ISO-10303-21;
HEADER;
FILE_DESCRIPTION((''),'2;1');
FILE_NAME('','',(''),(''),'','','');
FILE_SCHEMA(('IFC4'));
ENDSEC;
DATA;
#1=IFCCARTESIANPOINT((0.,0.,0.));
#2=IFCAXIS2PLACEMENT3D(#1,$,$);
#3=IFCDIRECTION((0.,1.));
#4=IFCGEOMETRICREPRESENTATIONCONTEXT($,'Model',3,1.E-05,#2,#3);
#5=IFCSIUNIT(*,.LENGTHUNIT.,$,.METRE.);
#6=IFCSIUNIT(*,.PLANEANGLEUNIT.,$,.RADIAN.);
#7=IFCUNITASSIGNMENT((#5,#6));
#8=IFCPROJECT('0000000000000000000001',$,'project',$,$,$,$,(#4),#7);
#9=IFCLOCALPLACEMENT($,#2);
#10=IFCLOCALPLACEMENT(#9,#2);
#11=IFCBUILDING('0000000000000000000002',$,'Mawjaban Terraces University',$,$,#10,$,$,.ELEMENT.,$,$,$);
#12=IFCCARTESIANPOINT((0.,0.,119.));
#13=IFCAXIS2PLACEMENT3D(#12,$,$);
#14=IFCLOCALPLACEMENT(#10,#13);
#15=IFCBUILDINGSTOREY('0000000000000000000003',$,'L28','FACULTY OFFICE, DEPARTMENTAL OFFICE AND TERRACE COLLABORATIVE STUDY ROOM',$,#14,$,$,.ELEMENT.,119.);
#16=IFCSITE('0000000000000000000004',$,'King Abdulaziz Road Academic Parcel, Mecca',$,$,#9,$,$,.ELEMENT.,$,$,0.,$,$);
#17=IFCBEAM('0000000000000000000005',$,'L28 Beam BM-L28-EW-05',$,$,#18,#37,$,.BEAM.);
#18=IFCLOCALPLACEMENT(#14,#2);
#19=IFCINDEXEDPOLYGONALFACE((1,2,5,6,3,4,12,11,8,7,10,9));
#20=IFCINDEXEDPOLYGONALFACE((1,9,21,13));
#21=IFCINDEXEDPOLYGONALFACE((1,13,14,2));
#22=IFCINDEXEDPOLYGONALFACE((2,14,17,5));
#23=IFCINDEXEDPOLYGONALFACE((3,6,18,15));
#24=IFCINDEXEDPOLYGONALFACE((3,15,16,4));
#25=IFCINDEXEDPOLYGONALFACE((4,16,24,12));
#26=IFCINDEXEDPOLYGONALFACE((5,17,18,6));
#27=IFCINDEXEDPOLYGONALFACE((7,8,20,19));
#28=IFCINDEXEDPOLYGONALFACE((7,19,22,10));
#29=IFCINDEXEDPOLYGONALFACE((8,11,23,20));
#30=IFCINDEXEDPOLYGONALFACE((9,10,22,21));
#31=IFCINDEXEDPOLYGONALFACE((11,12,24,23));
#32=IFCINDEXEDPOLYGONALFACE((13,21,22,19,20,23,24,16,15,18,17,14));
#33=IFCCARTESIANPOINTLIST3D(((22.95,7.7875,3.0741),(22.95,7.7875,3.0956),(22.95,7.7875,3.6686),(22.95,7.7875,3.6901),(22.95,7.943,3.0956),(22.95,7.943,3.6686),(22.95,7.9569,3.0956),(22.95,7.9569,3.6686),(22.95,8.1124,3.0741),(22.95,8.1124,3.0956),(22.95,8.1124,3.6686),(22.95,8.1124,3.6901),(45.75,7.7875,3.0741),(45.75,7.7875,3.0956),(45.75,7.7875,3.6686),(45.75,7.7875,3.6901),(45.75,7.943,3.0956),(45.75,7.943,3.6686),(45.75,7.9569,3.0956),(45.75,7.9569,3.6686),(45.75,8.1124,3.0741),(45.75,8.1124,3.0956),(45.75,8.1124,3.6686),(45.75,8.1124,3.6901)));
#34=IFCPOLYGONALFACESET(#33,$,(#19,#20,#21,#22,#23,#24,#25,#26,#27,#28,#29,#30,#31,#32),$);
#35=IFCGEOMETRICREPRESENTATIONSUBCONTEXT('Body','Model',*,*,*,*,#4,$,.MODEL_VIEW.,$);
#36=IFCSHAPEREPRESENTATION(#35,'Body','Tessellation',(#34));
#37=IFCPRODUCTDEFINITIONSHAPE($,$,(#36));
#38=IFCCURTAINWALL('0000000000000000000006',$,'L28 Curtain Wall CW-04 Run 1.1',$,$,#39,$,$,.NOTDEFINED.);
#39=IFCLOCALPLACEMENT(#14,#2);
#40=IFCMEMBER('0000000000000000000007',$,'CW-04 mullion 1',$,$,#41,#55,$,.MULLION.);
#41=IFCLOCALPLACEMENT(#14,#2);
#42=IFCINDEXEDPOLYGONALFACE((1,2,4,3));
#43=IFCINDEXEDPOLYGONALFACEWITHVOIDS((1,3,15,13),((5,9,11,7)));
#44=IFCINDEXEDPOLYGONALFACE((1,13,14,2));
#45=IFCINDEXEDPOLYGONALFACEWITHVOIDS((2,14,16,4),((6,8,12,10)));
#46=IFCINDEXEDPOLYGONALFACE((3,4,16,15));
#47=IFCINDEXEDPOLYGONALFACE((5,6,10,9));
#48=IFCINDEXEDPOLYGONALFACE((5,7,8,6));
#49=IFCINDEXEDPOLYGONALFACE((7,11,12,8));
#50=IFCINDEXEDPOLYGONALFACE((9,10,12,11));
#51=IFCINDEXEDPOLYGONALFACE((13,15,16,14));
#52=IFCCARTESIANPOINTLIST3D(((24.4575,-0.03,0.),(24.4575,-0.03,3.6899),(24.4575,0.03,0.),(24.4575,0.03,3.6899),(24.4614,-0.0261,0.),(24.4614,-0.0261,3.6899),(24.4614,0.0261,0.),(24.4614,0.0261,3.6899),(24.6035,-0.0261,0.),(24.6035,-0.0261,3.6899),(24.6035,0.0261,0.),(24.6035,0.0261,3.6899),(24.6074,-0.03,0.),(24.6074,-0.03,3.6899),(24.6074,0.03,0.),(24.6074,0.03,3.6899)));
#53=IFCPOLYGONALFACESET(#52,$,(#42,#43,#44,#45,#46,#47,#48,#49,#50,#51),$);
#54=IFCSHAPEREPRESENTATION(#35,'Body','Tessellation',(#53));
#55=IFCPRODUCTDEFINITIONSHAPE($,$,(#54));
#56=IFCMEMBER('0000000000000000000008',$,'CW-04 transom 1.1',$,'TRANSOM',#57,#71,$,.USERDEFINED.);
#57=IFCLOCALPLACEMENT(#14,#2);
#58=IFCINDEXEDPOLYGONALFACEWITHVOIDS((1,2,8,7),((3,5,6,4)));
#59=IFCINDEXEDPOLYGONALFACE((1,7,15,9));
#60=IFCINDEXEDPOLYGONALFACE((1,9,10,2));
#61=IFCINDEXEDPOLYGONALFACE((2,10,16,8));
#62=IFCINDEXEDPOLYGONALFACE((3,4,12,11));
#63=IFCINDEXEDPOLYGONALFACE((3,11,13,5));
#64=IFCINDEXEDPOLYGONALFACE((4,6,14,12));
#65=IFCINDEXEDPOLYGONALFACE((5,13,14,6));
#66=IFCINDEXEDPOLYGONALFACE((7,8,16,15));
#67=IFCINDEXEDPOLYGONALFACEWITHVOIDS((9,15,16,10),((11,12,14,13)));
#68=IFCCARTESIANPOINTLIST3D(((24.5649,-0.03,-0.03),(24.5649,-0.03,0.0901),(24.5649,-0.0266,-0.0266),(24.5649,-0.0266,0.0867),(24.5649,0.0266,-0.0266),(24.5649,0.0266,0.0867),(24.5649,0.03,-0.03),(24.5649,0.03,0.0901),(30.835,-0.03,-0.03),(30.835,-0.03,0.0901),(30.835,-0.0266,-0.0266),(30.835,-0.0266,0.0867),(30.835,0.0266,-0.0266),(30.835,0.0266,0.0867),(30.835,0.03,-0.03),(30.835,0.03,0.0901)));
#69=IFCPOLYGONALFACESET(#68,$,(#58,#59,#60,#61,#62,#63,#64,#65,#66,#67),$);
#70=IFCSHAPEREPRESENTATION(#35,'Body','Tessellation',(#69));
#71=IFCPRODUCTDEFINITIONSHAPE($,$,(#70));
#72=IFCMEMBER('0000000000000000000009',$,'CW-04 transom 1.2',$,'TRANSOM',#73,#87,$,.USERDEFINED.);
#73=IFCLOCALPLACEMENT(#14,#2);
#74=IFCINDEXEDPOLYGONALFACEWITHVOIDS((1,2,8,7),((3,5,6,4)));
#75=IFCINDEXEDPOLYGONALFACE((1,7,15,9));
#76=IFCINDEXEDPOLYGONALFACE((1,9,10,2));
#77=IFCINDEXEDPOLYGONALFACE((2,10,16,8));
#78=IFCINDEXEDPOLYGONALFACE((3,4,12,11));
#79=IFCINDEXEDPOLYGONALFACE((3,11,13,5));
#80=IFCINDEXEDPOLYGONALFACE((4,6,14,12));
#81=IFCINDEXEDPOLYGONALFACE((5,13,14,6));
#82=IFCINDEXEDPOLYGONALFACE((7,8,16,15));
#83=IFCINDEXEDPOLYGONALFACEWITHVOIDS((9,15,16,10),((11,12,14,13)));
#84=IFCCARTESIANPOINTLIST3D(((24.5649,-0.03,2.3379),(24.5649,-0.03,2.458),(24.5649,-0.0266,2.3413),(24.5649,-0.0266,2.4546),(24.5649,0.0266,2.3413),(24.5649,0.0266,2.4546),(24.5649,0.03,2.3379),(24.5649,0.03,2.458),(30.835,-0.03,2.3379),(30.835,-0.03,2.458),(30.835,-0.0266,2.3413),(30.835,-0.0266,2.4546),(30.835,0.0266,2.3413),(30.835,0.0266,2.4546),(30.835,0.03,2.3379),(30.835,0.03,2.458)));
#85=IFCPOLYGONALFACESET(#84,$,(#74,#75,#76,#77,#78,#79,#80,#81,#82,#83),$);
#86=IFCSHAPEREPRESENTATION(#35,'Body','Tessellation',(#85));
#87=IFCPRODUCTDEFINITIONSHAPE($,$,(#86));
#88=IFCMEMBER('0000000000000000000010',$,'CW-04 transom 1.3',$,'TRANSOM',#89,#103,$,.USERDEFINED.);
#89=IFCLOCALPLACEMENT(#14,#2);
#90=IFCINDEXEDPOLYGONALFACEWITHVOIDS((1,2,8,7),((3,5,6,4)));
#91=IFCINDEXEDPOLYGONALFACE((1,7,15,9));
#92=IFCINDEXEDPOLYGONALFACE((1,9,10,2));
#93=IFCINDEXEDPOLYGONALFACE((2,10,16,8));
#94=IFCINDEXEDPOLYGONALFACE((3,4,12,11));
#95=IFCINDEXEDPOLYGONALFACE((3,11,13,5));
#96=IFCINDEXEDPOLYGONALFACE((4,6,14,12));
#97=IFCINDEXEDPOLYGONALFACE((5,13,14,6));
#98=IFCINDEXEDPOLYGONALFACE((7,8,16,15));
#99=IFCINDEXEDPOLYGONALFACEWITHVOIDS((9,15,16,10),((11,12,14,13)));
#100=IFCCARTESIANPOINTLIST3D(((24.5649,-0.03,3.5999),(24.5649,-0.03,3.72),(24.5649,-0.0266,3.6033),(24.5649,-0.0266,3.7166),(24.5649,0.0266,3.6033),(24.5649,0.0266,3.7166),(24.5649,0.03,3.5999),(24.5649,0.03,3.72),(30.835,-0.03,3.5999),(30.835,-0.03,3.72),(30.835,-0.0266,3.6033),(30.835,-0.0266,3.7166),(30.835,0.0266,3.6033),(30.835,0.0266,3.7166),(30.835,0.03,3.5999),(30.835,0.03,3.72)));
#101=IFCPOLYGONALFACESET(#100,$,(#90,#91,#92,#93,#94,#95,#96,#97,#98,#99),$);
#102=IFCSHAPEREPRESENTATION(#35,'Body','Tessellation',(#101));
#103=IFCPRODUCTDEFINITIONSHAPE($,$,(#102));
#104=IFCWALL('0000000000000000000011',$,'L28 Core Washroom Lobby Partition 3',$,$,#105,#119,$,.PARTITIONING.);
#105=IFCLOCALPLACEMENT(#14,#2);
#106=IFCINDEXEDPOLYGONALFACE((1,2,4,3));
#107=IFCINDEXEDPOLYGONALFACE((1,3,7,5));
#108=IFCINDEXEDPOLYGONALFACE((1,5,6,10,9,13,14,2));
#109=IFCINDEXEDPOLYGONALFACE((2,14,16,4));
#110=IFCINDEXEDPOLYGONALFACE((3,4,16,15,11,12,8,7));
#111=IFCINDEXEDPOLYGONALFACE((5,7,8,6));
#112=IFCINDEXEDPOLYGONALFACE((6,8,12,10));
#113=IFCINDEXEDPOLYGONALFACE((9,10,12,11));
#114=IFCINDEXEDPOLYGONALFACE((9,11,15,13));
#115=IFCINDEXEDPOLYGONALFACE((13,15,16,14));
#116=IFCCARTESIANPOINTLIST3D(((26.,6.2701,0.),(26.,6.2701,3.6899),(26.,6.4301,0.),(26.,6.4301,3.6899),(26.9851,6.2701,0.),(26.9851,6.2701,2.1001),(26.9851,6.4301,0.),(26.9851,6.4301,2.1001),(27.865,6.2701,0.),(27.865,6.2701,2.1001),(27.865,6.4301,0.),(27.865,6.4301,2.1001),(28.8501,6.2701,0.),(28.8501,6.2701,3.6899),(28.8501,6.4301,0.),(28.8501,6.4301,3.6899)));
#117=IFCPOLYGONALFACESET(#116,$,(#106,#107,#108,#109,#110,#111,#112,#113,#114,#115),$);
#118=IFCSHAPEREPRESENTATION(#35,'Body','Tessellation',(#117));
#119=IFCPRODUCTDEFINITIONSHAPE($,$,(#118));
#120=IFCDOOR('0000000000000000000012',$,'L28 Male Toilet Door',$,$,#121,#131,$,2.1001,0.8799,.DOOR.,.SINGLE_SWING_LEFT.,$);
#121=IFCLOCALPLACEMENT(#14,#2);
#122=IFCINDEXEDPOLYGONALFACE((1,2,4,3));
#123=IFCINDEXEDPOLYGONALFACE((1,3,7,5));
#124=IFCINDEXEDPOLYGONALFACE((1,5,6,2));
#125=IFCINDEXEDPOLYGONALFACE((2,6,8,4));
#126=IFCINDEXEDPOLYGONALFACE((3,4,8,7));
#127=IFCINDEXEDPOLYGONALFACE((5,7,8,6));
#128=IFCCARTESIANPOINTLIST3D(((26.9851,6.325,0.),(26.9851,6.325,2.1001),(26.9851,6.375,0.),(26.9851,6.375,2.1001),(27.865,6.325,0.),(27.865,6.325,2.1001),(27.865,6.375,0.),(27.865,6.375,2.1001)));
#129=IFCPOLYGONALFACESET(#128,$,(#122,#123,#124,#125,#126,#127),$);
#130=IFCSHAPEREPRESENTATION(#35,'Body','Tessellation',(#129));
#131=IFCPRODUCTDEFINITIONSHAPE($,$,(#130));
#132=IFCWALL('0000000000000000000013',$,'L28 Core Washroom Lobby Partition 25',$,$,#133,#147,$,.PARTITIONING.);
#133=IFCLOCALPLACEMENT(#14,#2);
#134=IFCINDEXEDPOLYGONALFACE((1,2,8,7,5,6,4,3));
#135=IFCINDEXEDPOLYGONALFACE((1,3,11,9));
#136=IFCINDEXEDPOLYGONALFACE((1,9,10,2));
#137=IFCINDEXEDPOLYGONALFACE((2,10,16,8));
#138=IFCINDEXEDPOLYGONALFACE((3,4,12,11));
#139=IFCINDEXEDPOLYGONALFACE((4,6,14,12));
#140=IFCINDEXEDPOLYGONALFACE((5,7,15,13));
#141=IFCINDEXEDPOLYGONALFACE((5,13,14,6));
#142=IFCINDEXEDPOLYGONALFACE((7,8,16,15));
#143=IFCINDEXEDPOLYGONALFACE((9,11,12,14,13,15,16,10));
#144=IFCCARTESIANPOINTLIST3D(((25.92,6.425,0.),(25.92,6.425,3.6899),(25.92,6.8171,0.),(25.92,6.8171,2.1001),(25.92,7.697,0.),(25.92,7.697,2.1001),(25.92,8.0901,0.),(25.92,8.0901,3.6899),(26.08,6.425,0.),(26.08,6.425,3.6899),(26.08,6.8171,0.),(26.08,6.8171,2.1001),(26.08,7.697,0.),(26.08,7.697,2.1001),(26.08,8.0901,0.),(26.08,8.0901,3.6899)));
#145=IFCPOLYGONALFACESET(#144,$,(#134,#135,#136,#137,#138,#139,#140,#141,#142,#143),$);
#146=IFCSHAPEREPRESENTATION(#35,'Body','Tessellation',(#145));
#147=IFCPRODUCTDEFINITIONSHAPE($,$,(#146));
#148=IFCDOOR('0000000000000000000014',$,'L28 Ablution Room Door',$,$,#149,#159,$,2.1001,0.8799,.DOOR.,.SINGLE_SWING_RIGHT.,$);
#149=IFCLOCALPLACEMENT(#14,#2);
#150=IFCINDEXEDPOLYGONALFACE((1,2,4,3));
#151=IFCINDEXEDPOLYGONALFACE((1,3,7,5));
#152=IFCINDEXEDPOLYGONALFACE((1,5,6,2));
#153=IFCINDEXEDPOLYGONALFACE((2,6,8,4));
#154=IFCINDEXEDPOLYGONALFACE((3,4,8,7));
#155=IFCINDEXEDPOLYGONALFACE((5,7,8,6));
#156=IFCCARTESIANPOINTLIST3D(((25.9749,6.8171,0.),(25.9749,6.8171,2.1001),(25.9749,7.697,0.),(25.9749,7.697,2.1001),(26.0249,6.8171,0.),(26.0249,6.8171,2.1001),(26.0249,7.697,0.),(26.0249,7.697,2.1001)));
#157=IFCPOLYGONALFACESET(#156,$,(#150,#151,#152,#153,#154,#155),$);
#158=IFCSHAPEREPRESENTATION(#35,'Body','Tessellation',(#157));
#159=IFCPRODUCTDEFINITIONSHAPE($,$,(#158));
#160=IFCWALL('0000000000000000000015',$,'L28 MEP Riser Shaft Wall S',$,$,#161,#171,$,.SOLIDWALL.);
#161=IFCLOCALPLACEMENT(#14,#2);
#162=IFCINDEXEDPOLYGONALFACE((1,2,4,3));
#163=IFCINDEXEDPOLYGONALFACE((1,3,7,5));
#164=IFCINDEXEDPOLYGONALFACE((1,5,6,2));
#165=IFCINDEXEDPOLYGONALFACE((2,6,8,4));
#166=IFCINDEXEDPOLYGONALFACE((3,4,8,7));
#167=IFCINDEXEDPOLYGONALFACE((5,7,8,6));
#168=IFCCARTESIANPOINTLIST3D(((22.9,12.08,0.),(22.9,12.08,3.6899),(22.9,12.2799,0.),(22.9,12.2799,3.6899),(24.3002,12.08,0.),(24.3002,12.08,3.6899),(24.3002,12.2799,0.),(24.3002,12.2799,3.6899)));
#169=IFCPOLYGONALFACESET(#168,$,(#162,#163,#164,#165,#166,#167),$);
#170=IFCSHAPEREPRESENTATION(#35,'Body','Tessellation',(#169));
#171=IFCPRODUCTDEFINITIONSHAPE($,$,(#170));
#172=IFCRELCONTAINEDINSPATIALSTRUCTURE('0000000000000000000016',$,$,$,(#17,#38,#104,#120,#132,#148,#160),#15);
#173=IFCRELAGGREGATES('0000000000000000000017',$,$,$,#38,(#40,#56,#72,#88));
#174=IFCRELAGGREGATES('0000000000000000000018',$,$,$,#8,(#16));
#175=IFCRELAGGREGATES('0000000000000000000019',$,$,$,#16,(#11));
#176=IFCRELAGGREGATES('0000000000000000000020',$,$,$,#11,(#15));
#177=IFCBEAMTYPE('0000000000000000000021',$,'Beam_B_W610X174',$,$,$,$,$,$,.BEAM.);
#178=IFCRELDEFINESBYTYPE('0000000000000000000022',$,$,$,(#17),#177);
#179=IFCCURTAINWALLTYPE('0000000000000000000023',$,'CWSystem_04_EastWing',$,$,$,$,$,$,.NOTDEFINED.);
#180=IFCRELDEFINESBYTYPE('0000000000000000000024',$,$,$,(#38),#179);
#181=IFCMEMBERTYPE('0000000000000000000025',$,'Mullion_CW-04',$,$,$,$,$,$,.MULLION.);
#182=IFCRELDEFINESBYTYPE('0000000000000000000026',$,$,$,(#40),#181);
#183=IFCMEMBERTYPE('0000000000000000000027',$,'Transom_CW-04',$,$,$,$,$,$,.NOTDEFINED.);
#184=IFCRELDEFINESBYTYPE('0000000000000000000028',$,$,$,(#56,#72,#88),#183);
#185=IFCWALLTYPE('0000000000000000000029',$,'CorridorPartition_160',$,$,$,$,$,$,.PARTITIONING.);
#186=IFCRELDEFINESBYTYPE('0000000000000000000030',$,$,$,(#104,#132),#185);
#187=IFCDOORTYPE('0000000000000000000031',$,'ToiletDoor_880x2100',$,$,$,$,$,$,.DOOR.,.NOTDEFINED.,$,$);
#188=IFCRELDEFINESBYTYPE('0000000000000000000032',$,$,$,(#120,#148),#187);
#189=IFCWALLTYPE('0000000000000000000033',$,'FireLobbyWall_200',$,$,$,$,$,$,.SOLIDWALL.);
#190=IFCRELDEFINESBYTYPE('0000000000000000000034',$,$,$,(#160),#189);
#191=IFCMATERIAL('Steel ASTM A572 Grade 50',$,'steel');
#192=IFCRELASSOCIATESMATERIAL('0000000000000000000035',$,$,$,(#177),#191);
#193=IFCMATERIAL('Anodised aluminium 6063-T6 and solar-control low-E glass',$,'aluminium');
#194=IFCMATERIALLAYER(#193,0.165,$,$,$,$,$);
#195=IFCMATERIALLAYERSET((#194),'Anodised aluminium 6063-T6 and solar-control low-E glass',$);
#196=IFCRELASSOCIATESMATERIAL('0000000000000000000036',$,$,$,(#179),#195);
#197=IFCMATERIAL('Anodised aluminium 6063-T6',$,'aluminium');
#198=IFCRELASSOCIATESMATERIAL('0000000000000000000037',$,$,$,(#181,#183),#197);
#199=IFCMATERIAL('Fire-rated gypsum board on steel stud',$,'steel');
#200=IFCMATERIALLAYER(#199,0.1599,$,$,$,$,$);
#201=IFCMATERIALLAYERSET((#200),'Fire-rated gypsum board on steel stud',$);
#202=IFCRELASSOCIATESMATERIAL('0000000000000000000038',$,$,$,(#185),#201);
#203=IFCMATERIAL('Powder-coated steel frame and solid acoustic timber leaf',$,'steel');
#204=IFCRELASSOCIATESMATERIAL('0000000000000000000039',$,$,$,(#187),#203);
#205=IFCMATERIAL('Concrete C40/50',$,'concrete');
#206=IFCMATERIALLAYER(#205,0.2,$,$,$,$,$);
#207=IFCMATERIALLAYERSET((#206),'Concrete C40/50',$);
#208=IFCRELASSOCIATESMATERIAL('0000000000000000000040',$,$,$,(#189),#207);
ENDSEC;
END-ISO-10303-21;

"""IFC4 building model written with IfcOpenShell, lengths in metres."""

from ifc_helpers import new_model, si_unit, direction, frame, frame_2d, origin, origin_2d, place, context, subcontext, project, spatial, rectangle, hollow_rectangle, i_section, extrude, material, layer, layer_set, material_profile, profile_set, type_object, element, fill, aggregate, save


model = new_model("IFC4")

# Units and contexts
model_context = context("Model", 3, precision=1e-05, world=origin(), true_north=direction((0.0, 1.0)))
body_context = subcontext(model_context, "Body", "Model", "MODEL_VIEW")
ifc_project = project(units=[si_unit("LENGTHUNIT", "METRE"), si_unit("PLANEANGLEUNIT", "RADIAN")], contexts=[model_context])

# Site, building, storey
site_placement = place(None, origin())
site = spatial("IfcSite", under=ifc_project, at=site_placement, Name="King Abdulaziz Road Academic Parcel, Mecca", CompositionType="ELEMENT", RefElevation=0.0)
building_placement = place(site_placement, origin())
building = spatial("IfcBuilding", under=site, at=building_placement, Name="Mawjaban Terraces University", CompositionType="ELEMENT")
storey_placement = place(building_placement, frame((0.0, 0.0, 119.0)))
storey = spatial("IfcBuildingStorey", under=building, at=storey_placement, Name="L28", Description="FACULTY OFFICE, DEPARTMENTAL OFFICE AND TERRACE COLLABORATIVE STUDY ROOM", CompositionType="ELEMENT", Elevation=119.0)

# Beam
ifc_material_1 = material(Name="Steel ASTM A572 Grade 50", Category="steel")
ifc_material_profile_1 = material_profile(ifc_material_1, i_section(OverallWidth=0.325, OverallDepth=0.616, WebThickness=0.0139, FlangeThickness=0.0215, at=origin_2d()), Name="W610X174")
ifc_profile_set_1 = profile_set([ifc_material_profile_1], Name="Steel ASTM A572 Grade 50")
beam_type = type_object("IfcBeamType", Name="Beam_B_W610X174", PredefinedType="BEAM", material=ifc_profile_set_1)
beam_placement = place(storey_placement, frame((22.95, 7.95, 3.3821), z_axis=(1.0, 0.0, 0.0), x_axis=(0.0, 1.0, 0.0)))
element("IfcBeam", 1, at=beam_placement, inside=storey, type_object=beam_type, Name="L28 Beam BM-L28-EW-05", PredefinedType="BEAM", context=body_context, shape_type="SweptSolid", body=[
    extrude(i_section(OverallWidth=0.325, OverallDepth=0.616, WebThickness=0.0139, FlangeThickness=0.0215, at=origin_2d()), origin(), (0.0, 0.0, 1.0), 22.8),
])

# Curtain wall, members
ifc_material_2 = material(Name="Anodised aluminium 6063-T6 and solar-control low-E glass", Category="aluminium")
ifc_layer_1 = layer(ifc_material_2, 0.165)
ifc_layer_set_1 = layer_set([ifc_layer_1], Name="Anodised aluminium 6063-T6 and solar-control low-E glass")
curtain_wall_type = type_object("IfcCurtainWallType", Name="CWSystem_04_EastWing", PredefinedType="NOTDEFINED", material=ifc_layer_set_1)
curtain_wall_placement = place(storey_placement, origin())
curtain_wall = element("IfcCurtainWall", 2, at=curtain_wall_placement, inside=storey, type_object=curtain_wall_type, Name="L28 Curtain Wall CW-04 Run 1.1", PredefinedType="NOTDEFINED")
ifc_material_3 = material(Name="Anodised aluminium 6063-T6", Category="aluminium")
ifc_material_profile_2 = material_profile(ifc_material_3, hollow_rectangle(XDim=0.0601, YDim=0.1499, WallThickness=0.0039, at=origin_2d()), Name="ALU150X60X4")
ifc_profile_set_2 = profile_set([ifc_material_profile_2], Name="Anodised aluminium 6063-T6")
member_type_1 = type_object("IfcMemberType", Name="Mullion_CW-04", PredefinedType="MULLION", material=ifc_profile_set_2)
member_1_placement = place(storey_placement, frame((24.5325, 0.0, 0.0), z_axis=(0.0, 0.0, 1.0), x_axis=(0.0, 1.0, 0.0)))
member_1 = element("IfcMember", 3, at=member_1_placement, type_object=member_type_1, Name="CW-04 mullion 1", PredefinedType="MULLION", context=body_context, shape_type="SweptSolid", body=[
    extrude(hollow_rectangle(XDim=0.0601, YDim=0.1499, WallThickness=0.0039, at=origin_2d()), origin(), (0.0, 0.0, 1.0), 3.6899),
])
ifc_material_profile_3 = material_profile(ifc_material_3, hollow_rectangle(XDim=0.0601, YDim=0.1201, WallThickness=0.0034, at=origin_2d()), Name="ALU120X60X3.5")
ifc_profile_set_3 = profile_set([ifc_material_profile_3], Name="Anodised aluminium 6063-T6")
member_type_2 = type_object("IfcMemberType", Name="Transom_CW-04", PredefinedType="NOTDEFINED", material=ifc_profile_set_3)
member_2_placement = place(storey_placement, frame((24.5649, 0.0, 0.03), z_axis=(1.0, 0.0, 0.0), x_axis=(0.0, 1.0, 0.0)))
member_2 = element("IfcMember", 4, at=member_2_placement, type_object=member_type_2, Name="CW-04 transom 1.1", ObjectType="TRANSOM", PredefinedType="USERDEFINED", context=body_context, shape_type="SweptSolid", body=[
    extrude(hollow_rectangle(XDim=0.0601, YDim=0.1201, WallThickness=0.0034, at=origin_2d()), origin(), (0.0, 0.0, 1.0), 6.27),
])
member_3_placement = place(storey_placement, frame((24.5649, 0.0, 2.3979), z_axis=(1.0, 0.0, 0.0), x_axis=(0.0, 1.0, 0.0)))
member_3 = element("IfcMember", 5, at=member_3_placement, type_object=member_type_2, Name="CW-04 transom 1.2", ObjectType="TRANSOM", PredefinedType="USERDEFINED", context=body_context, shape_type="SweptSolid", body=[
    extrude(hollow_rectangle(XDim=0.0601, YDim=0.1201, WallThickness=0.0034, at=origin_2d()), origin(), (0.0, 0.0, 1.0), 6.27),
])
member_4_placement = place(storey_placement, frame((24.5649, 0.0, 3.6599), z_axis=(1.0, 0.0, 0.0), x_axis=(0.0, 1.0, 0.0)))
member_4 = element("IfcMember", 6, at=member_4_placement, type_object=member_type_2, Name="CW-04 transom 1.3", ObjectType="TRANSOM", PredefinedType="USERDEFINED", context=body_context, shape_type="SweptSolid", body=[
    extrude(hollow_rectangle(XDim=0.0601, YDim=0.1201, WallThickness=0.0034, at=origin_2d()), origin(), (0.0, 0.0, 1.0), 6.27),
])
aggregate(curtain_wall, [member_1, member_2, member_3, member_4])

# Walls, openings, doors
ifc_material_4 = material(Name="Fire-rated gypsum board on steel stud", Category="steel")
ifc_layer_2 = layer(ifc_material_4, 0.1599)
ifc_layer_set_2 = layer_set([ifc_layer_2], Name="Fire-rated gypsum board on steel stud")
wall_type_1 = type_object("IfcWallType", Name="CorridorPartition_160", PredefinedType="PARTITIONING", material=ifc_layer_set_2)
wall_1_placement = place(storey_placement, frame((26.0, 6.3501, 0.0), z_axis=(0.0, 0.0, 1.0), x_axis=(1.0, 0.0, 0.0)))
wall_1 = element("IfcWall", 7, at=wall_1_placement, inside=storey, type_object=wall_type_1, Name="L28 Core Washroom Lobby Partition 3", PredefinedType="PARTITIONING", context=body_context, shape_type="SweptSolid", body=[
    extrude(rectangle(XDim=2.8501, YDim=0.1599, at=frame_2d((1.425, 0.0))), origin(), (0.0, 0.0, 1.0), 3.6899),
])
opening_1_placement = place(wall_1_placement, frame((0.9851, 0.0, 0.0)))
opening_1 = element("IfcOpeningElement", 8, at=opening_1_placement, cuts=wall_1, PredefinedType="OPENING", context=body_context, shape_type="SweptSolid", body=[
    extrude(rectangle(XDim=0.8799, YDim=2.1001, at=frame_2d((0.4399, 1.05))), frame((0.0, 0.0898, 0.0), z_axis=(0.0, -1.0, 0.0), x_axis=(1.0, 0.0, 0.0)), (0.0, 0.0, 1.0), 0.1799),
])
ifc_material_5 = material(Name="Powder-coated steel frame and solid acoustic timber leaf", Category="steel")
door_type = type_object("IfcDoorType", Name="ToiletDoor_880x2100", OperationType="NOTDEFINED", PredefinedType="DOOR", material=ifc_material_5)
door_1_placement = place(opening_1_placement, origin())
door_1 = element("IfcDoor", 9, at=door_1_placement, inside=storey, type_object=door_type, Name="L28 Male Toilet Door", OperationType="SINGLE_SWING_LEFT", OverallHeight=2.1001, OverallWidth=0.8799, PredefinedType="DOOR", context=body_context, shape_type="SweptSolid", body=[
    extrude(rectangle(XDim=0.8799, YDim=2.1001, at=frame_2d((0.4399, 1.05))), frame((0.0, 0.0249, 0.0), z_axis=(0.0, -1.0, 0.0), x_axis=(1.0, 0.0, 0.0)), (0.0, 0.0, 1.0), 0.05),
])
fill(opening_1, door_1)
wall_2_placement = place(storey_placement, frame((26.0, 8.0901, 0.0), z_axis=(0.0, 0.0, 1.0), x_axis=(0.0, -1.0, 0.0)))
wall_2 = element("IfcWall", 10, at=wall_2_placement, inside=storey, type_object=wall_type_1, Name="L28 Core Washroom Lobby Partition 25", PredefinedType="PARTITIONING", context=body_context, shape_type="SweptSolid", body=[
    extrude(rectangle(XDim=1.665, YDim=0.1599, at=frame_2d((0.8325, 0.0))), origin(), (0.0, 0.0, 1.0), 3.6899),
])
opening_2_placement = place(wall_2_placement, frame((0.3931, 0.0, 0.0)))
opening_2 = element("IfcOpeningElement", 11, at=opening_2_placement, cuts=wall_2, PredefinedType="OPENING", context=body_context, shape_type="SweptSolid", body=[
    extrude(rectangle(XDim=0.8799, YDim=2.1001, at=frame_2d((0.4399, 1.05))), frame((0.0, 0.0898, 0.0), z_axis=(0.0, -1.0, 0.0), x_axis=(1.0, 0.0, 0.0)), (0.0, 0.0, 1.0), 0.1799),
])
door_2_placement = place(opening_2_placement, origin())
door_2 = element("IfcDoor", 12, at=door_2_placement, inside=storey, type_object=door_type, Name="L28 Ablution Room Door", OperationType="SINGLE_SWING_RIGHT", OverallHeight=2.1001, OverallWidth=0.8799, PredefinedType="DOOR", context=body_context, shape_type="SweptSolid", body=[
    extrude(rectangle(XDim=0.8799, YDim=2.1001, at=frame_2d((0.4399, 1.05))), frame((0.0, 0.0249, 0.0), z_axis=(0.0, -1.0, 0.0), x_axis=(1.0, 0.0, 0.0)), (0.0, 0.0, 1.0), 0.05),
])
fill(opening_2, door_2)

# Wall
ifc_material_6 = material(Name="Concrete C40/50", Category="concrete")
ifc_layer_3 = layer(ifc_material_6, 0.2)
ifc_layer_set_3 = layer_set([ifc_layer_3], Name="Concrete C40/50")
wall_type_2 = type_object("IfcWallType", Name="FireLobbyWall_200", PredefinedType="SOLIDWALL", material=ifc_layer_set_3)
wall_3_placement = place(storey_placement, frame((22.8999, 12.1799, 0.0), z_axis=(0.0, 0.0, 1.0), x_axis=(1.0, 0.0, 0.0)))
element("IfcWall", 13, at=wall_3_placement, inside=storey, type_object=wall_type_2, Name="L28 MEP Riser Shaft Wall S", PredefinedType="SOLIDWALL", context=body_context, shape_type="SweptSolid", body=[
    extrude(rectangle(XDim=1.4001, YDim=0.2, at=frame_2d((0.7002, 0.0))), origin(), (0.0, 0.0, 1.0), 3.6899),
])

save(model, "model.ifc")
